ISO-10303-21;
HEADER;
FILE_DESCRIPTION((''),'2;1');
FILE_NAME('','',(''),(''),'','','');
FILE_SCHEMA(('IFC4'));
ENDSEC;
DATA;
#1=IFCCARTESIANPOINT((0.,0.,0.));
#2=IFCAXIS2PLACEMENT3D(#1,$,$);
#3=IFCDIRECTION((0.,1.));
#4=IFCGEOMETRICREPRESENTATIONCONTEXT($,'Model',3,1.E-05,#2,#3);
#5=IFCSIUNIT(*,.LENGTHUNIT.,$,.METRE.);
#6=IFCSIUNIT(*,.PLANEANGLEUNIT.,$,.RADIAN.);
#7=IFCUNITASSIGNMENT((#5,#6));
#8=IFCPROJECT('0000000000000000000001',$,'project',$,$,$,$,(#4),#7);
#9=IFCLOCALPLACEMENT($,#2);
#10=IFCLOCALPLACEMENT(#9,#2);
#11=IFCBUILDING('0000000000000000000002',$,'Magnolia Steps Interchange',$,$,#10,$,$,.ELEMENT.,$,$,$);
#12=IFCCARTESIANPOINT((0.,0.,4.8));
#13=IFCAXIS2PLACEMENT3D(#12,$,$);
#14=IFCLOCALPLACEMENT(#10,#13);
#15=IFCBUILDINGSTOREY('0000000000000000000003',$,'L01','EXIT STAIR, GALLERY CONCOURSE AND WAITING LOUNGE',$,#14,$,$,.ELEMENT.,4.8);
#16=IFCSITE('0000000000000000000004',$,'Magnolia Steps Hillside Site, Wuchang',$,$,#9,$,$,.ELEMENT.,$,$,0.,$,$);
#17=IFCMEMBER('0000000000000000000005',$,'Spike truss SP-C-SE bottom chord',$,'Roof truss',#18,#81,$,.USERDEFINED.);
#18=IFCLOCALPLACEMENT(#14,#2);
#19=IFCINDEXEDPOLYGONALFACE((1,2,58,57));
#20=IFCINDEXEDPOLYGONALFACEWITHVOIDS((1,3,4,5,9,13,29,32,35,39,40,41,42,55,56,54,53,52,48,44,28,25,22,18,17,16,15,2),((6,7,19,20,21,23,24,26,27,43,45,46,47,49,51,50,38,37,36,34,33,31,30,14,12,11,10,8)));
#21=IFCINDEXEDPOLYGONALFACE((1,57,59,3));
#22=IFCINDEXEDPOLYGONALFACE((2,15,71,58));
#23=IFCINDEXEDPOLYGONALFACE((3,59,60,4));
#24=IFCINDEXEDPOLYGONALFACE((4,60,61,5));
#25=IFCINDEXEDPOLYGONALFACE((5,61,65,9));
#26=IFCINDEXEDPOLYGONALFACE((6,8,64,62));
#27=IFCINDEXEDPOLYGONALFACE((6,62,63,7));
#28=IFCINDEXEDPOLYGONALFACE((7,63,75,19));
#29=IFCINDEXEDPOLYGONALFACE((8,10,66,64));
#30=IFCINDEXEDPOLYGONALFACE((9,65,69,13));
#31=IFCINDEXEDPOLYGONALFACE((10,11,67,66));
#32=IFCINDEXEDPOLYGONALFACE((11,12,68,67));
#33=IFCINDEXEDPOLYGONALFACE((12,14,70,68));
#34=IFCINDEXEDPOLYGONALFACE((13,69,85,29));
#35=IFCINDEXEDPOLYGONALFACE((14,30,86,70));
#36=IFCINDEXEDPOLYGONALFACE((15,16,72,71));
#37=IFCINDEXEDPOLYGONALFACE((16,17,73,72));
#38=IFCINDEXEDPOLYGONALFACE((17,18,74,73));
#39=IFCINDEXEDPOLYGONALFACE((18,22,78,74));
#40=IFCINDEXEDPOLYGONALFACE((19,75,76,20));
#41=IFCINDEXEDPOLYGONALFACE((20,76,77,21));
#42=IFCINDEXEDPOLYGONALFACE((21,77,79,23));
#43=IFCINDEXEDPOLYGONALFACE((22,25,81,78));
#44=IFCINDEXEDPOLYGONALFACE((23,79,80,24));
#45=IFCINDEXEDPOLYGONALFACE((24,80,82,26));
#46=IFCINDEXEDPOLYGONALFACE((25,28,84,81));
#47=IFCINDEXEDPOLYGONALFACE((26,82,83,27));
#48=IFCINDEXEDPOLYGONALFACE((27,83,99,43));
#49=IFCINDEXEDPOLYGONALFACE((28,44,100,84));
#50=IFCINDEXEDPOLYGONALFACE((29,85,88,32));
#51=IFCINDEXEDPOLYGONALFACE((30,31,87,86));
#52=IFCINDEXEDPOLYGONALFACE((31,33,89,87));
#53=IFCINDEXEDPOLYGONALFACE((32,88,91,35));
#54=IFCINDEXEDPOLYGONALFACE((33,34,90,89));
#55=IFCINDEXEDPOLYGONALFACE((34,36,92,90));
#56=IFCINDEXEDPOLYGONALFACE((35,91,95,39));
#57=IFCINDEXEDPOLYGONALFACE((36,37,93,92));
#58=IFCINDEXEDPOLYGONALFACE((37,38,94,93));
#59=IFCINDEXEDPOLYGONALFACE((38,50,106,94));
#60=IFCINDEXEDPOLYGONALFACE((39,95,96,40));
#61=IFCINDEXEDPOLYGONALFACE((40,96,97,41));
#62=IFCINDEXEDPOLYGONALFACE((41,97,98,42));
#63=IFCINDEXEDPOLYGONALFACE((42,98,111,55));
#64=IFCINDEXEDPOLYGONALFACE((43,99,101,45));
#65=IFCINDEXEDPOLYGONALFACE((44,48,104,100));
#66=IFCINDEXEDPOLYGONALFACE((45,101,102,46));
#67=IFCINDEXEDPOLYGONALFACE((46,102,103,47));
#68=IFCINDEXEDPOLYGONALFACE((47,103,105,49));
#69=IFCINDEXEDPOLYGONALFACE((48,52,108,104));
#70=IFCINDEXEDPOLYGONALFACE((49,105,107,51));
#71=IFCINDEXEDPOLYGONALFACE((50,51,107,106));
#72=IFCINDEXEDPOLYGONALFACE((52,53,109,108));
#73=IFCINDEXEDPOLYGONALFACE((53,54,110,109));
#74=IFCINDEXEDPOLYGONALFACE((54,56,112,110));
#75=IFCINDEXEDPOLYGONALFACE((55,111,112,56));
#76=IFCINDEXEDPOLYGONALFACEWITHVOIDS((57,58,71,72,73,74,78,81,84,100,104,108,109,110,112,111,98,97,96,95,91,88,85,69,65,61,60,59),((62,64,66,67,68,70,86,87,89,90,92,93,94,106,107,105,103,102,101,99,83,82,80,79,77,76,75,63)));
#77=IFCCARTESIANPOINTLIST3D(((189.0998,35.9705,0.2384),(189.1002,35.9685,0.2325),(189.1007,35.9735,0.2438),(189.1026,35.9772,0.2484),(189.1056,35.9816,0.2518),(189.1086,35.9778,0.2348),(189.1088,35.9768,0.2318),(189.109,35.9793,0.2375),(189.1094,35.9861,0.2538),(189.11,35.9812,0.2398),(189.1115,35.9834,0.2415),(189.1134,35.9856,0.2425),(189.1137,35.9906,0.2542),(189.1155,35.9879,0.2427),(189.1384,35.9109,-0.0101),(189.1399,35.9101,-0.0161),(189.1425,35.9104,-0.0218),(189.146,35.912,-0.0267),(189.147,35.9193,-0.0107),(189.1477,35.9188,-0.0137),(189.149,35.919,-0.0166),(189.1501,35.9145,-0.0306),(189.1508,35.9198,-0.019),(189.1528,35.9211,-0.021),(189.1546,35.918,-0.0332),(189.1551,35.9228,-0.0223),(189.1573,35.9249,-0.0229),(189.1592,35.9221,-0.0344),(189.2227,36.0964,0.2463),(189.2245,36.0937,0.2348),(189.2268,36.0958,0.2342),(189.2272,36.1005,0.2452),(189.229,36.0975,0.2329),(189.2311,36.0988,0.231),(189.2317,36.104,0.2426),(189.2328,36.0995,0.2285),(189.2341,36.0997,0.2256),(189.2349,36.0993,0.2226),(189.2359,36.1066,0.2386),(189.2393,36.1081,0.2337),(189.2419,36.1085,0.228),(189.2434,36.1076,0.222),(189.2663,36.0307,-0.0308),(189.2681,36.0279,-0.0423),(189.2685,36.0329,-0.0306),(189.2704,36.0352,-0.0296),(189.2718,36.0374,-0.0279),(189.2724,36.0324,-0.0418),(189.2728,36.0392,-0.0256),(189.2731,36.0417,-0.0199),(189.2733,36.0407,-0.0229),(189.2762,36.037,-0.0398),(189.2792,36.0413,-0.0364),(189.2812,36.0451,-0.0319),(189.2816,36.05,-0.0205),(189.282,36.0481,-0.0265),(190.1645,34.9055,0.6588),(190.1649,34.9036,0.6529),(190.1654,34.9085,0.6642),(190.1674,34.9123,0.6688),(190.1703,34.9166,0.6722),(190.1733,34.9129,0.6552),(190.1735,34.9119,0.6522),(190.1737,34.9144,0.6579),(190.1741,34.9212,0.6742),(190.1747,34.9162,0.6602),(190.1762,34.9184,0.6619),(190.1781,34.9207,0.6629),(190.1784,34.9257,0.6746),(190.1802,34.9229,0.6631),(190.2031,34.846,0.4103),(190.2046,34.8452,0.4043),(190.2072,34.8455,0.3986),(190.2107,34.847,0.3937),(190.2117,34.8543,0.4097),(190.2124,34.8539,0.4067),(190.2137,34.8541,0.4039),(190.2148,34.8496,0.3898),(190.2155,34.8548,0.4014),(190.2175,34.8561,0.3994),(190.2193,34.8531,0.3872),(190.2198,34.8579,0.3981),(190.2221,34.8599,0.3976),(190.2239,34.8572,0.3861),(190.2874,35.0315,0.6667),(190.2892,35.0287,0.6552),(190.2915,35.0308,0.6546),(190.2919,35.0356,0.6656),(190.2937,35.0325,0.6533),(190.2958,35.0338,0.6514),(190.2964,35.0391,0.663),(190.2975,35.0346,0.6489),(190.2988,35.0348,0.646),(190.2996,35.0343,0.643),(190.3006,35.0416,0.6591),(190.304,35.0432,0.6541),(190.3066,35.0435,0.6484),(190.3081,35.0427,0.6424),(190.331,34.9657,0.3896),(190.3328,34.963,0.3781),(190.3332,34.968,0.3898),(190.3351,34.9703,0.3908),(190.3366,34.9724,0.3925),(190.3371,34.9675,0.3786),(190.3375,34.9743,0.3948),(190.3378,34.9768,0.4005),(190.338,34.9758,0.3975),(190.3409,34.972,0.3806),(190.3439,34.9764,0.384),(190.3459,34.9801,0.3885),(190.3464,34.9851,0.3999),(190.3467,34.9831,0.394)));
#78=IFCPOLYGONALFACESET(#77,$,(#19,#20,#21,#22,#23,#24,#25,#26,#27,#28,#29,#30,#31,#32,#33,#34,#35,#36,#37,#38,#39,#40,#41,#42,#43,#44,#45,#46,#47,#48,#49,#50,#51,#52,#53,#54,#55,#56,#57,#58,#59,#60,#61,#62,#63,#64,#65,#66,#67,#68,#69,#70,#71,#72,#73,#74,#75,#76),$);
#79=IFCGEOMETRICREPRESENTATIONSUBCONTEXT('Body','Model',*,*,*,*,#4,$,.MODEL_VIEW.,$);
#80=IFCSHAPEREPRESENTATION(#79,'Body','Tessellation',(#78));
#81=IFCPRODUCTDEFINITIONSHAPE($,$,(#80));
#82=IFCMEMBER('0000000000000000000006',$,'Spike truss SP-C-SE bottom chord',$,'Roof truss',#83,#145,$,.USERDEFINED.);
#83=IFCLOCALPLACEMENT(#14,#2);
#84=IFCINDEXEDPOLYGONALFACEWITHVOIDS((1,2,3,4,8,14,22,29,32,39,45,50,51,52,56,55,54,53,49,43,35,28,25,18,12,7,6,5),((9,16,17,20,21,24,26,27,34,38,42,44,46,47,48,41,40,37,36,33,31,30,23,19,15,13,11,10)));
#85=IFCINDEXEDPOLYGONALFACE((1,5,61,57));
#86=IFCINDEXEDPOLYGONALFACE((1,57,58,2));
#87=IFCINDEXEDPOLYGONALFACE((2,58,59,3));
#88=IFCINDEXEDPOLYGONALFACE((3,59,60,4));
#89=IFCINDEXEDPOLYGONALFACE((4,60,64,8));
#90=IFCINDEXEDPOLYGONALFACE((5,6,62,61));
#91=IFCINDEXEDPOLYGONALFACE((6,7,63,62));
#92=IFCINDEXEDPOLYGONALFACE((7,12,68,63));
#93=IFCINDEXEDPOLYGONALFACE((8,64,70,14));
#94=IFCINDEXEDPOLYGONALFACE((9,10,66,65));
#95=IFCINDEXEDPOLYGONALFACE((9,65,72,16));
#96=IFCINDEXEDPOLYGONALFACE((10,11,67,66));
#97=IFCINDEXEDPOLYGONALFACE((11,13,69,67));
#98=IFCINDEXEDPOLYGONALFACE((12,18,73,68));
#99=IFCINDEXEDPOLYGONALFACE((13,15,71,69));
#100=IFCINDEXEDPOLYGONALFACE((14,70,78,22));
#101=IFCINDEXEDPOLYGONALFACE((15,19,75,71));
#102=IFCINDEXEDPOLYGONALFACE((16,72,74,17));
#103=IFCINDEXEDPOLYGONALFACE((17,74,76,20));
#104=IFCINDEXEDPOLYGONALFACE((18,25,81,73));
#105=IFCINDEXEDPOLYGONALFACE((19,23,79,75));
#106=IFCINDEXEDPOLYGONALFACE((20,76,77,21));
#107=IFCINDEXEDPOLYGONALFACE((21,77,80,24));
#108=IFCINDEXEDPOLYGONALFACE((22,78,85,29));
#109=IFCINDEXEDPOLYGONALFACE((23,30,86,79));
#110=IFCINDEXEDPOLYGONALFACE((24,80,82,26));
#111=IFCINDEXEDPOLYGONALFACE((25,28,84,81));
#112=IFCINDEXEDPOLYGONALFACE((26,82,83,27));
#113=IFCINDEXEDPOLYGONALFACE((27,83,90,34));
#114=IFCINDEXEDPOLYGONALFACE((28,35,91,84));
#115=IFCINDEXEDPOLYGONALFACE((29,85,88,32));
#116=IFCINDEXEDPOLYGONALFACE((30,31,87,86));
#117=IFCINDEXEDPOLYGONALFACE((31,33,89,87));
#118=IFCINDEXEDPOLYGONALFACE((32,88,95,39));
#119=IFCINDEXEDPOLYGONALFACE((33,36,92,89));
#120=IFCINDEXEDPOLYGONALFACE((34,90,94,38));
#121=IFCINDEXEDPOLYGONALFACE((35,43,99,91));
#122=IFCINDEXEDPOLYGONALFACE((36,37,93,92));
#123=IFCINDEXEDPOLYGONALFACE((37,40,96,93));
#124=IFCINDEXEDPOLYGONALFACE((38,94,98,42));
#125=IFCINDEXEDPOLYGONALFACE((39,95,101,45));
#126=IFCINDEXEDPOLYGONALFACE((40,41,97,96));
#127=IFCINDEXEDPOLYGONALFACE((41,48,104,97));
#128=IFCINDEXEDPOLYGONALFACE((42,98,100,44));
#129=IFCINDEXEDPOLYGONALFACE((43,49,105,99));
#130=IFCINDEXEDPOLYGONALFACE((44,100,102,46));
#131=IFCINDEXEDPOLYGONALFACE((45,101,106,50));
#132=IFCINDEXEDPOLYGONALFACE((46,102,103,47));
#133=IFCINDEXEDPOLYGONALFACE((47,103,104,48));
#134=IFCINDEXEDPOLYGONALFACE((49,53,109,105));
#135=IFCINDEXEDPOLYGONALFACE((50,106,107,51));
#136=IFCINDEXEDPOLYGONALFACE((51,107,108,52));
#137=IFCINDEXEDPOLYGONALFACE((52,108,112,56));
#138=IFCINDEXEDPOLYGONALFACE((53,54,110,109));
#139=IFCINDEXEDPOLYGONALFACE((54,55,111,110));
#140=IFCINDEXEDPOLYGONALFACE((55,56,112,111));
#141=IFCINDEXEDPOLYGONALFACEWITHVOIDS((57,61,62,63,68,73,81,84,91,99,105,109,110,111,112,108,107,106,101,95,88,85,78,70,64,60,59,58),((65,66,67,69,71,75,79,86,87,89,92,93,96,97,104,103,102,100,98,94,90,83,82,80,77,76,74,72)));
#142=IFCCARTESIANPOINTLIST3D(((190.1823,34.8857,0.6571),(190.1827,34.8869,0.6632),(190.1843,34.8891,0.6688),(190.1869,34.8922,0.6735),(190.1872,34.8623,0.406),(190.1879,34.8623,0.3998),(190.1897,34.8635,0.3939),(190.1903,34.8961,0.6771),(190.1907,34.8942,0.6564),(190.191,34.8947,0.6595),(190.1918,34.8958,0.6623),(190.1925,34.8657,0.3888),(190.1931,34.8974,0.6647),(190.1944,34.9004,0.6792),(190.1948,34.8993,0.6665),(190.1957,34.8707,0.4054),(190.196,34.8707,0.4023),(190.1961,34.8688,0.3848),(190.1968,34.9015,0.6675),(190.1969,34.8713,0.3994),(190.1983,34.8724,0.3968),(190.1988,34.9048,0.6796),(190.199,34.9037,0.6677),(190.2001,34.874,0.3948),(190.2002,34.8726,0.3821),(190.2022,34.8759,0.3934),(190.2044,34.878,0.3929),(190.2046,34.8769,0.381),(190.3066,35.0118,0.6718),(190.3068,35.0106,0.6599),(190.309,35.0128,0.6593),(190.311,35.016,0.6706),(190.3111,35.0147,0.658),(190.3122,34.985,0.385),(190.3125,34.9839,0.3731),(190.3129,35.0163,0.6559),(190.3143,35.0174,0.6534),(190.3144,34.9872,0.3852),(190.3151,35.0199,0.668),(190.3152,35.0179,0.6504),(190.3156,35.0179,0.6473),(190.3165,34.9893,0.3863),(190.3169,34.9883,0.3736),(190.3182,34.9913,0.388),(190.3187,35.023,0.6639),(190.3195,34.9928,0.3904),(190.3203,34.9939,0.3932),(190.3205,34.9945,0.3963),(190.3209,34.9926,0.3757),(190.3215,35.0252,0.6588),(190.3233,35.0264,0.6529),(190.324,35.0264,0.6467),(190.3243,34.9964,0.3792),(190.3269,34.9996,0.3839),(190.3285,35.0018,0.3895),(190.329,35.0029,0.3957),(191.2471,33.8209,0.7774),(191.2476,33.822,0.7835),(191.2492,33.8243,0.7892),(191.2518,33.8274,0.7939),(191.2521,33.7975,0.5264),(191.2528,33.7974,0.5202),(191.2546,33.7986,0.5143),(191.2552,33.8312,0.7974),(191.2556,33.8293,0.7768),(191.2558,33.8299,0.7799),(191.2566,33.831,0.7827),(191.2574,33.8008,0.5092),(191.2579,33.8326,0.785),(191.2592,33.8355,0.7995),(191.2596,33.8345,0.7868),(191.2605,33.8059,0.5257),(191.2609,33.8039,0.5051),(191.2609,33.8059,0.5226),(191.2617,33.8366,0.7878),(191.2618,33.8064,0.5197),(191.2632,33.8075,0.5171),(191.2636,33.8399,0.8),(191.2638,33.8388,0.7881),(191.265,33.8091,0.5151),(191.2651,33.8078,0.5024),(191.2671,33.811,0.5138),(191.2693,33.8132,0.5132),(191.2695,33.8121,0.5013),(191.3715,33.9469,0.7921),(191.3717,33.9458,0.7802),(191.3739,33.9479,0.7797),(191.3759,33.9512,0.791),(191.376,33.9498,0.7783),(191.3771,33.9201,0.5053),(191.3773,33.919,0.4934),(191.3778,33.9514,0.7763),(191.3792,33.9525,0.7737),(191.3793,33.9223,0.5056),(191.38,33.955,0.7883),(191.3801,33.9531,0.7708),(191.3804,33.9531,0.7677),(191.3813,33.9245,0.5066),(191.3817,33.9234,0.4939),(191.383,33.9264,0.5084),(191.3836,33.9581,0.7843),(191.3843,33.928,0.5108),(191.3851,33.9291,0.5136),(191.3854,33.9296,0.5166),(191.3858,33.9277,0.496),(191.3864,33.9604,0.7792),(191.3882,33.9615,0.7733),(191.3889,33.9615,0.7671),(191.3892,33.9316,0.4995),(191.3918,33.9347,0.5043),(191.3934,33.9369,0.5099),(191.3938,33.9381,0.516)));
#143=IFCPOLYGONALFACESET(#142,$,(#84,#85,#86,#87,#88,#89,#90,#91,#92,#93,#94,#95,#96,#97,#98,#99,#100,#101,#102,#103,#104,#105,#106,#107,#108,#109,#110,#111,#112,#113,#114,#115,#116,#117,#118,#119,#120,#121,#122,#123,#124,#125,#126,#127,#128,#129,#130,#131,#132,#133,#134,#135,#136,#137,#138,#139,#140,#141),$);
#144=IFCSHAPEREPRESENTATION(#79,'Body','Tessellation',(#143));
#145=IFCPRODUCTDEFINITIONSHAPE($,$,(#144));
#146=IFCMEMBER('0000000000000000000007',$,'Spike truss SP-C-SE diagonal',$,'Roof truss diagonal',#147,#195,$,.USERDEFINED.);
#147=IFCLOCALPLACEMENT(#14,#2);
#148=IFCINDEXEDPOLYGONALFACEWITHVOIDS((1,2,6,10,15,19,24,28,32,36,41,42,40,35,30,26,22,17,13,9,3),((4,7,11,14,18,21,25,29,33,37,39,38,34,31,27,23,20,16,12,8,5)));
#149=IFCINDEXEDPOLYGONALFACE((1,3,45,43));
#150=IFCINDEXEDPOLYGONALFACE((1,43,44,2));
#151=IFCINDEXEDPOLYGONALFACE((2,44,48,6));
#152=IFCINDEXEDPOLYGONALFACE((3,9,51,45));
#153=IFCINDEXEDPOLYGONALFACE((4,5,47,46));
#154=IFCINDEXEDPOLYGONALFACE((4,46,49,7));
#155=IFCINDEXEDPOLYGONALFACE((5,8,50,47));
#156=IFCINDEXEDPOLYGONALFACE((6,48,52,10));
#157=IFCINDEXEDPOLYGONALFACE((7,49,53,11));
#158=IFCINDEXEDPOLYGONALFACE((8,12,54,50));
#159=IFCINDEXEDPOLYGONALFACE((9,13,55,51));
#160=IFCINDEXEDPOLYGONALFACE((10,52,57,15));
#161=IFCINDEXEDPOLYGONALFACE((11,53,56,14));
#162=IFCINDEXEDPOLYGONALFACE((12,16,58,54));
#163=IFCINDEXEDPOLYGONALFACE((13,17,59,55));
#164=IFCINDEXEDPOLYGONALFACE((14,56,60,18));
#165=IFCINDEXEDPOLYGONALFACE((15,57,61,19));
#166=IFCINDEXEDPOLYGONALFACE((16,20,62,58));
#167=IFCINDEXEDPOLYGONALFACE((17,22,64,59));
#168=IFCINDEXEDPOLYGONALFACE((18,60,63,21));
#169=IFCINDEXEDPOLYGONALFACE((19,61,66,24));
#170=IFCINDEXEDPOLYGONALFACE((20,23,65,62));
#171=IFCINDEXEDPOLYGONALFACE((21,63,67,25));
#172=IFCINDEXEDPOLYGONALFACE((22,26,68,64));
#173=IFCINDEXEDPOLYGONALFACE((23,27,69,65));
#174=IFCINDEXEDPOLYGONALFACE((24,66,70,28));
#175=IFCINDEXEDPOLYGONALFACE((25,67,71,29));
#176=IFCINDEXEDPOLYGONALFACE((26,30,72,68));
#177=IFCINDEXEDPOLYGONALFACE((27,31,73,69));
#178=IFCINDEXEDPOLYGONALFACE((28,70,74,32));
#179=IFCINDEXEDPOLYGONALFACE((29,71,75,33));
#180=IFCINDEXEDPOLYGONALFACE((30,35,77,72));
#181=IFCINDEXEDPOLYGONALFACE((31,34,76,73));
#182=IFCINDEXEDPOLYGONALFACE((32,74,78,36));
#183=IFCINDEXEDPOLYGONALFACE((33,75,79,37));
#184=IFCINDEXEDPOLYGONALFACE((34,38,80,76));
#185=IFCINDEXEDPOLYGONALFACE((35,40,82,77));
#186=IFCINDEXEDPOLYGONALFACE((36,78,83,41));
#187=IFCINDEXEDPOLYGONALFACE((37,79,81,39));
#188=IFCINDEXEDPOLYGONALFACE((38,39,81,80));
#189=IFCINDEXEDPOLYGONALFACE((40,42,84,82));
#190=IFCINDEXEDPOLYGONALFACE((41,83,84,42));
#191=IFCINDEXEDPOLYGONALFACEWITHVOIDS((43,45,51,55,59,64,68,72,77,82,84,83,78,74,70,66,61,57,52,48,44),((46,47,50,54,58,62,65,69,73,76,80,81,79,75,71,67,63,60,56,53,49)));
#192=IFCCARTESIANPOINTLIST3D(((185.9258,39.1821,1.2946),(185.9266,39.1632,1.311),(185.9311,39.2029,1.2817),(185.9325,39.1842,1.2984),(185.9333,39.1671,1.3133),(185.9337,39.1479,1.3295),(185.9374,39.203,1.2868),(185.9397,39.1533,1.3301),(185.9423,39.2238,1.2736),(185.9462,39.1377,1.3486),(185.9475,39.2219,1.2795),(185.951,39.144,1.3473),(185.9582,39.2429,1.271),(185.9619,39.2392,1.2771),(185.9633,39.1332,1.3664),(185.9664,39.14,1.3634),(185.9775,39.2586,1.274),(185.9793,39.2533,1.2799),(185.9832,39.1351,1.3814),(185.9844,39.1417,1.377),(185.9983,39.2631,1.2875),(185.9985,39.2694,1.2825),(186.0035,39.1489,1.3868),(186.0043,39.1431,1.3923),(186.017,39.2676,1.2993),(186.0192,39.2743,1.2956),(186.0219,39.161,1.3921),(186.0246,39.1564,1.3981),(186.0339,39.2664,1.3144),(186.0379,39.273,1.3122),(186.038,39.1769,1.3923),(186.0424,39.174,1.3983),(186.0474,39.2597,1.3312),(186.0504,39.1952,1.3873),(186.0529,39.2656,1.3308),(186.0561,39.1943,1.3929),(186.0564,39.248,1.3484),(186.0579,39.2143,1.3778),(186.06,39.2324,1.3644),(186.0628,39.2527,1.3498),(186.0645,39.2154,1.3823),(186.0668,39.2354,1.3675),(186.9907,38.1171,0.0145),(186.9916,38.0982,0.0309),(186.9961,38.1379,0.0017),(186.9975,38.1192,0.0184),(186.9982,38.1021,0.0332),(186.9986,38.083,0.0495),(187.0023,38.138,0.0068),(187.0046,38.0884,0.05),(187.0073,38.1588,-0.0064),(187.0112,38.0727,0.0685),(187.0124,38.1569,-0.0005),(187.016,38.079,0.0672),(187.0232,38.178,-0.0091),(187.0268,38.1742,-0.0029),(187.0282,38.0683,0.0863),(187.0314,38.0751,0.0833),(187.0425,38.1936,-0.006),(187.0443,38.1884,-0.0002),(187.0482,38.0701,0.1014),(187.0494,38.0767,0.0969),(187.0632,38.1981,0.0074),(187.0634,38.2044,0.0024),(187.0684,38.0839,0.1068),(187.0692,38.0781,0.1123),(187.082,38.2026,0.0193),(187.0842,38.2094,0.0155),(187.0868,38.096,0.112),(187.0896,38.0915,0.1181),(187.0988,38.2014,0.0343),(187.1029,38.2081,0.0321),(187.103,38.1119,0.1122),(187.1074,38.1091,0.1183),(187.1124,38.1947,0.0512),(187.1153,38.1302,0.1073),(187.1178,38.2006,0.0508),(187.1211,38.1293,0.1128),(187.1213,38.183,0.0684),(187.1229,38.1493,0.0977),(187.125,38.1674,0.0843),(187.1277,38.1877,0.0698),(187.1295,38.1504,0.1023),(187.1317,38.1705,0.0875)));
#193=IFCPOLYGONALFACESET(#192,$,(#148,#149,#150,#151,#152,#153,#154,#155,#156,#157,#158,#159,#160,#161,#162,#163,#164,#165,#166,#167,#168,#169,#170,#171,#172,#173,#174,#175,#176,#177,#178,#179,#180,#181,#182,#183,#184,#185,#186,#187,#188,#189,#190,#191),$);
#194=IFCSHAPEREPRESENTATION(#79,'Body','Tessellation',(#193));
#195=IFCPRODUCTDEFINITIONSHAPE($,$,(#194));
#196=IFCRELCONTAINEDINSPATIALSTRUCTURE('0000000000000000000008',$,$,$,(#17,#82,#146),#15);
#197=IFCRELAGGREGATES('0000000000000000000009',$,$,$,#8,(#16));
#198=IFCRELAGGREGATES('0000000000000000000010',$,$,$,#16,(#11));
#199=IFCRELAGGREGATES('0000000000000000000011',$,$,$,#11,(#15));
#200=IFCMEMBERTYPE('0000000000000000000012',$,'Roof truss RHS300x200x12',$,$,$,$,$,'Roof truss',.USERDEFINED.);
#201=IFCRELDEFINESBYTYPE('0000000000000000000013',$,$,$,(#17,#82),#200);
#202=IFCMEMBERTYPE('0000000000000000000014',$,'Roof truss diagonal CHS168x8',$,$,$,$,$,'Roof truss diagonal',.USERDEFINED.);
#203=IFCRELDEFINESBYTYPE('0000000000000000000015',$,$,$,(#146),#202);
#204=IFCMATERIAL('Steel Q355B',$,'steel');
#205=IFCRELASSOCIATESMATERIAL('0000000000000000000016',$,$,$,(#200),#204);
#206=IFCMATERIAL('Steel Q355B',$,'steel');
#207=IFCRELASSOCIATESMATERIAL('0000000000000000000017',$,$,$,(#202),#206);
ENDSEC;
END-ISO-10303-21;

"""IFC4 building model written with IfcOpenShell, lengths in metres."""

from ifc_helpers import new_model, si_unit, direction, frame, origin, origin_2d, place, context, subcontext, project, spatial, hollow_rectangle, hollow_circle, extrude, material, material_profile, profile_set, type_object, element, save


model = new_model("IFC4")

# Units and contexts
model_context = context("Model", 3, precision=1e-05, world=origin(), true_north=direction((0.0, 1.0)))
body_context = subcontext(model_context, "Body", "Model", "MODEL_VIEW")
ifc_project = project(units=[si_unit("LENGTHUNIT", "METRE"), si_unit("PLANEANGLEUNIT", "RADIAN")], contexts=[model_context])

# Site, building, storey
site_placement = place(None, origin())
site = spatial("IfcSite", under=ifc_project, at=site_placement, Name="Magnolia Steps Hillside Site, Wuchang", CompositionType="ELEMENT", RefElevation=0.0)
building_placement = place(site_placement, origin())
building = spatial("IfcBuilding", under=site, at=building_placement, Name="Magnolia Steps Interchange", CompositionType="ELEMENT")
storey_placement = place(building_placement, frame((0.0, 0.0, 4.8)))
storey = spatial("IfcBuildingStorey", under=building, at=storey_placement, Name="L01", Description="EXIT STAIR, GALLERY CONCOURSE AND WAITING LOUNGE", CompositionType="ELEMENT", Elevation=4.8)

# Members
ifc_material_1 = material(Name="Steel Q355B", Category="steel")
ifc_material_profile_1 = material_profile(ifc_material_1, hollow_rectangle(XDim=0.2, YDim=0.3, WallThickness=0.012, InnerFilletRadius=0.012, OuterFilletRadius=0.0239, at=origin_2d()), Name="RHS300x200x12")
ifc_profile_set_1 = profile_set([ifc_material_profile_1], Name="Steel Q355B")
member_type_1 = type_object("IfcMemberType", Name="Roof truss RHS300x200x12", ElementType="Roof truss", PredefinedType="USERDEFINED", material=ifc_profile_set_1)
member_1_placement = place(storey_placement, frame((189.1909, 36.0093, 0.106), z_axis=(0.680985, -0.681141, 0.268896), x_axis=(0.716458, 0.695672, -0.052235)))
element("IfcMember", 1, at=member_1_placement, inside=storey, type_object=member_type_1, Name="Spike truss SP-C-SE bottom chord", ObjectType="Roof truss", PredefinedType="USERDEFINED", context=body_context, shape_type="SweptSolid", body=[
    extrude(hollow_rectangle(XDim=0.2, YDim=0.3, WallThickness=0.012, InnerFilletRadius=0.012, OuterFilletRadius=0.0239, at=origin_2d()), origin(), (0.0, 0.0, 1.0), 1.5635),
])
member_2_placement = place(storey_placement, frame((190.2556, 34.9443, 0.5264), z_axis=(0.704859, -0.704859, 0.079664), x_axis=(0.709077, 0.703233, -0.051704)))
element("IfcMember", 2, at=member_2_placement, inside=storey, type_object=member_type_1, Name="Spike truss SP-C-SE bottom chord", ObjectType="Roof truss", PredefinedType="USERDEFINED", context=body_context, shape_type="SweptSolid", body=[
    extrude(hollow_rectangle(XDim=0.2, YDim=0.3, WallThickness=0.012, InnerFilletRadius=0.012, OuterFilletRadius=0.0239, at=origin_2d()), origin(), (0.0, 0.0, 1.0), 1.5107),
])
ifc_material_2 = material(Name="Steel Q355B", Category="steel")
ifc_material_profile_2 = material_profile(ifc_material_2, hollow_circle(Radius=0.084, WallThickness=0.0081, at=origin_2d()), Name="CHS168x8")
ifc_profile_set_2 = profile_set([ifc_material_profile_2], Name="Steel Q355B")
member_type_2 = type_object("IfcMemberType", Name="Roof truss diagonal CHS168x8", ElementType="Roof truss diagonal", PredefinedType="USERDEFINED", material=ifc_profile_set_2)
member_3_placement = place(storey_placement, frame((185.9961, 39.2039, 1.335), z_axis=(0.538793, -0.538793, -0.647614), x_axis=(0.676001, 0.73525, -0.049293)))
element("IfcMember", 3, at=member_3_placement, inside=storey, type_object=member_type_2, Name="Spike truss SP-C-SE diagonal", ObjectType="Roof truss diagonal", PredefinedType="USERDEFINED", context=body_context, shape_type="SweptSolid", body=[
    extrude(hollow_circle(Radius=0.084, WallThickness=0.0081, at=origin_2d()), origin(), (0.0, 0.0, 1.0), 1.9766),
])

save(model, "model.ifc")
